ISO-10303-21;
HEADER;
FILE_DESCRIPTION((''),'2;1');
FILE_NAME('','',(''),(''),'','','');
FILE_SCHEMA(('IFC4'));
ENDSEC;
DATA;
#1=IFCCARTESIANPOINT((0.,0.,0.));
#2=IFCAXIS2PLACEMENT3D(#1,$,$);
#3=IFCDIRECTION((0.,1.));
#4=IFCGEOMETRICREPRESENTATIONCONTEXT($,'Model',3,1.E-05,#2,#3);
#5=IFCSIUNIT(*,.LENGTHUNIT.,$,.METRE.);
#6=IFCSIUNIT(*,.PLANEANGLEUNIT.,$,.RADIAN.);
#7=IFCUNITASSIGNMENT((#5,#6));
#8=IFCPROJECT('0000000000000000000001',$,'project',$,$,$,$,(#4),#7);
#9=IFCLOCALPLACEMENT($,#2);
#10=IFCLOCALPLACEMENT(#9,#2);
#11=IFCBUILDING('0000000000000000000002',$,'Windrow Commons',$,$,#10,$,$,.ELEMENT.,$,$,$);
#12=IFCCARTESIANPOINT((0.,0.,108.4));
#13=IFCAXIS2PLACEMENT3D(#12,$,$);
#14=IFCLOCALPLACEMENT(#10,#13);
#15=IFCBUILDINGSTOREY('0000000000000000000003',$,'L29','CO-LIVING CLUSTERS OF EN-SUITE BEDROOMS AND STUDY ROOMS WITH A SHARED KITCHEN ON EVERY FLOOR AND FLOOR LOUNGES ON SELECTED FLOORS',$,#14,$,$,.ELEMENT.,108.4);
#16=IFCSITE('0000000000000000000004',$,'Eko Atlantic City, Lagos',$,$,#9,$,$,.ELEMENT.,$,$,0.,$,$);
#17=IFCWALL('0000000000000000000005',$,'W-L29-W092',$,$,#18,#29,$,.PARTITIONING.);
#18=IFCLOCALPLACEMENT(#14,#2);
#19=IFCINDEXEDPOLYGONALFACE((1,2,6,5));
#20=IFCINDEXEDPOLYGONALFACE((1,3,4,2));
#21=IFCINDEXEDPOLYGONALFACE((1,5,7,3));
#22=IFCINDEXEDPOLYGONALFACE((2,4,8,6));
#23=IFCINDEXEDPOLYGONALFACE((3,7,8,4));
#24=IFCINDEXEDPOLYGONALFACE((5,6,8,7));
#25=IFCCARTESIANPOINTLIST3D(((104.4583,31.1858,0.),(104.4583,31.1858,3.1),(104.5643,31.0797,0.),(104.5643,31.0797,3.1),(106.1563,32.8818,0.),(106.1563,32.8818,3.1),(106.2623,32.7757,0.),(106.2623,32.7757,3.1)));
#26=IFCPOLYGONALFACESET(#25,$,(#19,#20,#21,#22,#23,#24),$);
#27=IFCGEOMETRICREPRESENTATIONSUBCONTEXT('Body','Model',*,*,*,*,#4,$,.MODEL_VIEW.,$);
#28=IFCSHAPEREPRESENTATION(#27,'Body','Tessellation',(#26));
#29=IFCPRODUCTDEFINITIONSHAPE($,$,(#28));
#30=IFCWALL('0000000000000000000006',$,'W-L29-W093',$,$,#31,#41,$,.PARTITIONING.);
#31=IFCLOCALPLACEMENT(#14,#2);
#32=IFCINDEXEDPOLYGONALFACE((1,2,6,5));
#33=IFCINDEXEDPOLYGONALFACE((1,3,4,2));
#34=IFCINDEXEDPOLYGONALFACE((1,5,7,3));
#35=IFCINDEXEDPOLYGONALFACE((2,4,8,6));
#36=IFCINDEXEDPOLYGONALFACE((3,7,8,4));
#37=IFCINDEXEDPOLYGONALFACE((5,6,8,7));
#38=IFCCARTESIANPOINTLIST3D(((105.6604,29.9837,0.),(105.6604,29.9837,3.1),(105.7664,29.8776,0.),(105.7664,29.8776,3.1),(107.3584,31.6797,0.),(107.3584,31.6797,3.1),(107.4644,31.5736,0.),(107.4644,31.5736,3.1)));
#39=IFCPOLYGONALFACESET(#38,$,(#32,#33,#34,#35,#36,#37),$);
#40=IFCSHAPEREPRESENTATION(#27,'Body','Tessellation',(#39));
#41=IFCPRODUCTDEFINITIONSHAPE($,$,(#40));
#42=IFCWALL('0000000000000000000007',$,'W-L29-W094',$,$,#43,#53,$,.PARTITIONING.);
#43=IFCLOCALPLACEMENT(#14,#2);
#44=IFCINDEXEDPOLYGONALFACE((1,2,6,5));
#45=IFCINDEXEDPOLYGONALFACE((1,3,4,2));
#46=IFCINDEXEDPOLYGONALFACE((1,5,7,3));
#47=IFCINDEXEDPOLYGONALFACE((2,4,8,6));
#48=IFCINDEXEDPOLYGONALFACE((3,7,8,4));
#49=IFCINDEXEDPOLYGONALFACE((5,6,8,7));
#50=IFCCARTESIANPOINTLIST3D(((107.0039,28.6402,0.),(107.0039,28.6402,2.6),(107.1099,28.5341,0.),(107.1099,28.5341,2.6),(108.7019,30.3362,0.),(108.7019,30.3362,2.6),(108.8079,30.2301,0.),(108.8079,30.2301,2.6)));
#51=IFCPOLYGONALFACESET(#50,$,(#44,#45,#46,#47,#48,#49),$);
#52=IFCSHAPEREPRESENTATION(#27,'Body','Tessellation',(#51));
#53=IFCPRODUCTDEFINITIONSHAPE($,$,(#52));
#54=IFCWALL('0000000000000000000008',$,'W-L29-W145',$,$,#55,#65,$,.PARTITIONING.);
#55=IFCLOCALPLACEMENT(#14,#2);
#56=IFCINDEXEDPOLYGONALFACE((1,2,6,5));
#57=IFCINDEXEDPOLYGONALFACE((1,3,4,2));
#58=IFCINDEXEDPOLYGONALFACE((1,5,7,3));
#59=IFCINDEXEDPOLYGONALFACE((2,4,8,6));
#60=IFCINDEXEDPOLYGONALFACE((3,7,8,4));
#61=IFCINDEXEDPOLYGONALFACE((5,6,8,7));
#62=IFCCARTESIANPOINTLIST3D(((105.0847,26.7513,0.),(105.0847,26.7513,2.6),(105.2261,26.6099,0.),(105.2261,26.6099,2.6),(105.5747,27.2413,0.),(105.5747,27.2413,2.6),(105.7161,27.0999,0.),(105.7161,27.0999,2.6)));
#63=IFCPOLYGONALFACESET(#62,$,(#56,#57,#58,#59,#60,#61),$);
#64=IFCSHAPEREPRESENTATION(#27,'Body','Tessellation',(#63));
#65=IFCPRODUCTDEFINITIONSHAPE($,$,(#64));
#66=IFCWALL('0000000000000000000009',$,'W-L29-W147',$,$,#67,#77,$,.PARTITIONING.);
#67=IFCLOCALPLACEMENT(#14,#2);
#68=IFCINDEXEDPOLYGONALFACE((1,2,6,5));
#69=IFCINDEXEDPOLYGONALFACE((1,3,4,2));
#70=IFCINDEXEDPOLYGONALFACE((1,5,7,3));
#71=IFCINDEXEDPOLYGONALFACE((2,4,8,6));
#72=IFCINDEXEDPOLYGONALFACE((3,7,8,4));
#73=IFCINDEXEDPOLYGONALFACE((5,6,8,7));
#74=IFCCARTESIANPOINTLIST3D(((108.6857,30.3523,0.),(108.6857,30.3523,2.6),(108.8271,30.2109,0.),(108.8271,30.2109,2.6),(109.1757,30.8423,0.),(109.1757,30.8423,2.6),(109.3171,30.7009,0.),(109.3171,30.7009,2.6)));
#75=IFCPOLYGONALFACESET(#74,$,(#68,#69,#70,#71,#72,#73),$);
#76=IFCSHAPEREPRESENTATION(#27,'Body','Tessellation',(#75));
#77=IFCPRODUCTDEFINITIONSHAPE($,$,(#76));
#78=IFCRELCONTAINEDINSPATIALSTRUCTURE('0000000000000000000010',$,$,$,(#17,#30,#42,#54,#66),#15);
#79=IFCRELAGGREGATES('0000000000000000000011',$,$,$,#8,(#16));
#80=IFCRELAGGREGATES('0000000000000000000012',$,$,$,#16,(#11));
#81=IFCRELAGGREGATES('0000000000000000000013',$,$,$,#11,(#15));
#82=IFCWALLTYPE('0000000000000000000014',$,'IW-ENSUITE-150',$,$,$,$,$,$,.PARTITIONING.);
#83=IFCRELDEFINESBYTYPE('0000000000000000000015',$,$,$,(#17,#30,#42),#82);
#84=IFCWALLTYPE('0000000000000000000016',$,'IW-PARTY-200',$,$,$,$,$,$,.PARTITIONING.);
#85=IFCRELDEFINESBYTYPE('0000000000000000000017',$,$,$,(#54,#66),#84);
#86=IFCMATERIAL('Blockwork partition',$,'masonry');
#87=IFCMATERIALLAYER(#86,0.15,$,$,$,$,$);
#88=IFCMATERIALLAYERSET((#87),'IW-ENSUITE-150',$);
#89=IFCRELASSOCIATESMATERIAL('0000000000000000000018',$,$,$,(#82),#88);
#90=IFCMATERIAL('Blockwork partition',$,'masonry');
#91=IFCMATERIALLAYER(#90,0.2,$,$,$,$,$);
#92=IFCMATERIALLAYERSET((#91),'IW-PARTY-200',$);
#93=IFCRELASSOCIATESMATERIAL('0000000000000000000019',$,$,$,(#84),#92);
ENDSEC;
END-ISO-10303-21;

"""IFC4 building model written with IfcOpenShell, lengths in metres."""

from ifc_helpers import new_model, si_unit, direction, frame, frame_2d, origin, place, context, subcontext, project, spatial, rectangle, extrude, material, layer, layer_set, type_object, element, save


model = new_model("IFC4")

# Units and contexts
model_context = context("Model", 3, precision=1e-05, world=origin(), true_north=direction((0.0, 1.0)))
body_context = subcontext(model_context, "Body", "Model", "MODEL_VIEW")
ifc_project = project(units=[si_unit("LENGTHUNIT", "METRE"), si_unit("PLANEANGLEUNIT", "RADIAN")], contexts=[model_context])

# Site, building, storey
site_placement = place(None, origin())
site = spatial("IfcSite", under=ifc_project, at=site_placement, Name="Eko Atlantic City, Lagos", CompositionType="ELEMENT", RefElevation=0.0)
building_placement = place(site_placement, origin())
building = spatial("IfcBuilding", under=site, at=building_placement, Name="Windrow Commons", CompositionType="ELEMENT")
storey_placement = place(building_placement, frame((0.0, 0.0, 108.4)))
storey = spatial("IfcBuildingStorey", under=building, at=storey_placement, Name="L29", Description="CO-LIVING CLUSTERS OF EN-SUITE BEDROOMS AND STUDY ROOMS WITH A SHARED KITCHEN ON EVERY FLOOR AND FLOOR LOUNGES ON SELECTED FLOORS", CompositionType="ELEMENT", Elevation=108.4)

# Walls
ifc_material_1 = material(Name="Blockwork partition", Category="masonry")
ifc_layer_1 = layer(ifc_material_1, 0.15)
ifc_layer_set_1 = layer_set([ifc_layer_1], Name="IW-ENSUITE-150")
wall_type_1 = type_object("IfcWallType", Name="IW-ENSUITE-150", PredefinedType="PARTITIONING", material=ifc_layer_set_1)
for number, where, z_axis, x_axis, name in (
    (1, (104.5113, 31.1327, 0.0), (0.0, 0.0, 1.0), (0.707523, 0.70669, 0.0), "W-L29-W092"),
    (2, (105.7134, 29.9306, 0.0), (0.0, 0.0, 1.0), (0.707523, 0.70669, 0.0), "W-L29-W093"),
):
    element("IfcWall", number, at=place(storey_placement, frame(where, z_axis=z_axis, x_axis=x_axis)), inside=storey, type_object=wall_type_1, Name=name, PredefinedType="PARTITIONING", context=body_context, shape_type="SweptSolid", body=[
        extrude(rectangle(XDim=2.3999, YDim=0.15, at=frame_2d((1.2, 0.0))), origin(), (0.0, 0.0, 1.0), 3.1),
    ])
wall_1_placement = place(storey_placement, frame((107.0569, 28.5871, 0.0), z_axis=(0.0, 0.0, 1.0), x_axis=(0.707523, 0.70669, 0.0)))
element("IfcWall", 3, at=wall_1_placement, inside=storey, type_object=wall_type_1, Name="W-L29-W094", PredefinedType="PARTITIONING", context=body_context, shape_type="SweptSolid", body=[
    extrude(rectangle(XDim=2.3999, YDim=0.15, at=frame_2d((1.2, 0.0))), origin(), (0.0, 0.0, 1.0), 2.6),
])
ifc_material_2 = material(Name="Blockwork partition", Category="masonry")
ifc_layer_2 = layer(ifc_material_2, 0.2)
ifc_layer_set_2 = layer_set([ifc_layer_2], Name="IW-PARTY-200")
wall_type_2 = type_object("IfcWallType", Name="IW-PARTY-200", PredefinedType="PARTITIONING", material=ifc_layer_set_2)
for number, where, z_axis, x_axis, name in (
    (4, (105.1554, 26.6806, 0.0), (0.0, 0.0, 1.0), (0.707107, 0.707107, 0.0), "W-L29-W145"),
    (5, (108.7564, 30.2816, 0.0), (0.0, 0.0, 1.0), (0.707107, 0.707107, 0.0), "W-L29-W147"),
):
    element("IfcWall", number, at=place(storey_placement, frame(where, z_axis=z_axis, x_axis=x_axis)), inside=storey, type_object=wall_type_2, Name=name, PredefinedType="PARTITIONING", context=body_context, shape_type="SweptSolid", body=[
        extrude(rectangle(XDim=0.693, YDim=0.2, at=frame_2d((0.3465, 0.0))), origin(), (0.0, 0.0, 1.0), 2.6),
    ])

save(model, "model.ifc")
